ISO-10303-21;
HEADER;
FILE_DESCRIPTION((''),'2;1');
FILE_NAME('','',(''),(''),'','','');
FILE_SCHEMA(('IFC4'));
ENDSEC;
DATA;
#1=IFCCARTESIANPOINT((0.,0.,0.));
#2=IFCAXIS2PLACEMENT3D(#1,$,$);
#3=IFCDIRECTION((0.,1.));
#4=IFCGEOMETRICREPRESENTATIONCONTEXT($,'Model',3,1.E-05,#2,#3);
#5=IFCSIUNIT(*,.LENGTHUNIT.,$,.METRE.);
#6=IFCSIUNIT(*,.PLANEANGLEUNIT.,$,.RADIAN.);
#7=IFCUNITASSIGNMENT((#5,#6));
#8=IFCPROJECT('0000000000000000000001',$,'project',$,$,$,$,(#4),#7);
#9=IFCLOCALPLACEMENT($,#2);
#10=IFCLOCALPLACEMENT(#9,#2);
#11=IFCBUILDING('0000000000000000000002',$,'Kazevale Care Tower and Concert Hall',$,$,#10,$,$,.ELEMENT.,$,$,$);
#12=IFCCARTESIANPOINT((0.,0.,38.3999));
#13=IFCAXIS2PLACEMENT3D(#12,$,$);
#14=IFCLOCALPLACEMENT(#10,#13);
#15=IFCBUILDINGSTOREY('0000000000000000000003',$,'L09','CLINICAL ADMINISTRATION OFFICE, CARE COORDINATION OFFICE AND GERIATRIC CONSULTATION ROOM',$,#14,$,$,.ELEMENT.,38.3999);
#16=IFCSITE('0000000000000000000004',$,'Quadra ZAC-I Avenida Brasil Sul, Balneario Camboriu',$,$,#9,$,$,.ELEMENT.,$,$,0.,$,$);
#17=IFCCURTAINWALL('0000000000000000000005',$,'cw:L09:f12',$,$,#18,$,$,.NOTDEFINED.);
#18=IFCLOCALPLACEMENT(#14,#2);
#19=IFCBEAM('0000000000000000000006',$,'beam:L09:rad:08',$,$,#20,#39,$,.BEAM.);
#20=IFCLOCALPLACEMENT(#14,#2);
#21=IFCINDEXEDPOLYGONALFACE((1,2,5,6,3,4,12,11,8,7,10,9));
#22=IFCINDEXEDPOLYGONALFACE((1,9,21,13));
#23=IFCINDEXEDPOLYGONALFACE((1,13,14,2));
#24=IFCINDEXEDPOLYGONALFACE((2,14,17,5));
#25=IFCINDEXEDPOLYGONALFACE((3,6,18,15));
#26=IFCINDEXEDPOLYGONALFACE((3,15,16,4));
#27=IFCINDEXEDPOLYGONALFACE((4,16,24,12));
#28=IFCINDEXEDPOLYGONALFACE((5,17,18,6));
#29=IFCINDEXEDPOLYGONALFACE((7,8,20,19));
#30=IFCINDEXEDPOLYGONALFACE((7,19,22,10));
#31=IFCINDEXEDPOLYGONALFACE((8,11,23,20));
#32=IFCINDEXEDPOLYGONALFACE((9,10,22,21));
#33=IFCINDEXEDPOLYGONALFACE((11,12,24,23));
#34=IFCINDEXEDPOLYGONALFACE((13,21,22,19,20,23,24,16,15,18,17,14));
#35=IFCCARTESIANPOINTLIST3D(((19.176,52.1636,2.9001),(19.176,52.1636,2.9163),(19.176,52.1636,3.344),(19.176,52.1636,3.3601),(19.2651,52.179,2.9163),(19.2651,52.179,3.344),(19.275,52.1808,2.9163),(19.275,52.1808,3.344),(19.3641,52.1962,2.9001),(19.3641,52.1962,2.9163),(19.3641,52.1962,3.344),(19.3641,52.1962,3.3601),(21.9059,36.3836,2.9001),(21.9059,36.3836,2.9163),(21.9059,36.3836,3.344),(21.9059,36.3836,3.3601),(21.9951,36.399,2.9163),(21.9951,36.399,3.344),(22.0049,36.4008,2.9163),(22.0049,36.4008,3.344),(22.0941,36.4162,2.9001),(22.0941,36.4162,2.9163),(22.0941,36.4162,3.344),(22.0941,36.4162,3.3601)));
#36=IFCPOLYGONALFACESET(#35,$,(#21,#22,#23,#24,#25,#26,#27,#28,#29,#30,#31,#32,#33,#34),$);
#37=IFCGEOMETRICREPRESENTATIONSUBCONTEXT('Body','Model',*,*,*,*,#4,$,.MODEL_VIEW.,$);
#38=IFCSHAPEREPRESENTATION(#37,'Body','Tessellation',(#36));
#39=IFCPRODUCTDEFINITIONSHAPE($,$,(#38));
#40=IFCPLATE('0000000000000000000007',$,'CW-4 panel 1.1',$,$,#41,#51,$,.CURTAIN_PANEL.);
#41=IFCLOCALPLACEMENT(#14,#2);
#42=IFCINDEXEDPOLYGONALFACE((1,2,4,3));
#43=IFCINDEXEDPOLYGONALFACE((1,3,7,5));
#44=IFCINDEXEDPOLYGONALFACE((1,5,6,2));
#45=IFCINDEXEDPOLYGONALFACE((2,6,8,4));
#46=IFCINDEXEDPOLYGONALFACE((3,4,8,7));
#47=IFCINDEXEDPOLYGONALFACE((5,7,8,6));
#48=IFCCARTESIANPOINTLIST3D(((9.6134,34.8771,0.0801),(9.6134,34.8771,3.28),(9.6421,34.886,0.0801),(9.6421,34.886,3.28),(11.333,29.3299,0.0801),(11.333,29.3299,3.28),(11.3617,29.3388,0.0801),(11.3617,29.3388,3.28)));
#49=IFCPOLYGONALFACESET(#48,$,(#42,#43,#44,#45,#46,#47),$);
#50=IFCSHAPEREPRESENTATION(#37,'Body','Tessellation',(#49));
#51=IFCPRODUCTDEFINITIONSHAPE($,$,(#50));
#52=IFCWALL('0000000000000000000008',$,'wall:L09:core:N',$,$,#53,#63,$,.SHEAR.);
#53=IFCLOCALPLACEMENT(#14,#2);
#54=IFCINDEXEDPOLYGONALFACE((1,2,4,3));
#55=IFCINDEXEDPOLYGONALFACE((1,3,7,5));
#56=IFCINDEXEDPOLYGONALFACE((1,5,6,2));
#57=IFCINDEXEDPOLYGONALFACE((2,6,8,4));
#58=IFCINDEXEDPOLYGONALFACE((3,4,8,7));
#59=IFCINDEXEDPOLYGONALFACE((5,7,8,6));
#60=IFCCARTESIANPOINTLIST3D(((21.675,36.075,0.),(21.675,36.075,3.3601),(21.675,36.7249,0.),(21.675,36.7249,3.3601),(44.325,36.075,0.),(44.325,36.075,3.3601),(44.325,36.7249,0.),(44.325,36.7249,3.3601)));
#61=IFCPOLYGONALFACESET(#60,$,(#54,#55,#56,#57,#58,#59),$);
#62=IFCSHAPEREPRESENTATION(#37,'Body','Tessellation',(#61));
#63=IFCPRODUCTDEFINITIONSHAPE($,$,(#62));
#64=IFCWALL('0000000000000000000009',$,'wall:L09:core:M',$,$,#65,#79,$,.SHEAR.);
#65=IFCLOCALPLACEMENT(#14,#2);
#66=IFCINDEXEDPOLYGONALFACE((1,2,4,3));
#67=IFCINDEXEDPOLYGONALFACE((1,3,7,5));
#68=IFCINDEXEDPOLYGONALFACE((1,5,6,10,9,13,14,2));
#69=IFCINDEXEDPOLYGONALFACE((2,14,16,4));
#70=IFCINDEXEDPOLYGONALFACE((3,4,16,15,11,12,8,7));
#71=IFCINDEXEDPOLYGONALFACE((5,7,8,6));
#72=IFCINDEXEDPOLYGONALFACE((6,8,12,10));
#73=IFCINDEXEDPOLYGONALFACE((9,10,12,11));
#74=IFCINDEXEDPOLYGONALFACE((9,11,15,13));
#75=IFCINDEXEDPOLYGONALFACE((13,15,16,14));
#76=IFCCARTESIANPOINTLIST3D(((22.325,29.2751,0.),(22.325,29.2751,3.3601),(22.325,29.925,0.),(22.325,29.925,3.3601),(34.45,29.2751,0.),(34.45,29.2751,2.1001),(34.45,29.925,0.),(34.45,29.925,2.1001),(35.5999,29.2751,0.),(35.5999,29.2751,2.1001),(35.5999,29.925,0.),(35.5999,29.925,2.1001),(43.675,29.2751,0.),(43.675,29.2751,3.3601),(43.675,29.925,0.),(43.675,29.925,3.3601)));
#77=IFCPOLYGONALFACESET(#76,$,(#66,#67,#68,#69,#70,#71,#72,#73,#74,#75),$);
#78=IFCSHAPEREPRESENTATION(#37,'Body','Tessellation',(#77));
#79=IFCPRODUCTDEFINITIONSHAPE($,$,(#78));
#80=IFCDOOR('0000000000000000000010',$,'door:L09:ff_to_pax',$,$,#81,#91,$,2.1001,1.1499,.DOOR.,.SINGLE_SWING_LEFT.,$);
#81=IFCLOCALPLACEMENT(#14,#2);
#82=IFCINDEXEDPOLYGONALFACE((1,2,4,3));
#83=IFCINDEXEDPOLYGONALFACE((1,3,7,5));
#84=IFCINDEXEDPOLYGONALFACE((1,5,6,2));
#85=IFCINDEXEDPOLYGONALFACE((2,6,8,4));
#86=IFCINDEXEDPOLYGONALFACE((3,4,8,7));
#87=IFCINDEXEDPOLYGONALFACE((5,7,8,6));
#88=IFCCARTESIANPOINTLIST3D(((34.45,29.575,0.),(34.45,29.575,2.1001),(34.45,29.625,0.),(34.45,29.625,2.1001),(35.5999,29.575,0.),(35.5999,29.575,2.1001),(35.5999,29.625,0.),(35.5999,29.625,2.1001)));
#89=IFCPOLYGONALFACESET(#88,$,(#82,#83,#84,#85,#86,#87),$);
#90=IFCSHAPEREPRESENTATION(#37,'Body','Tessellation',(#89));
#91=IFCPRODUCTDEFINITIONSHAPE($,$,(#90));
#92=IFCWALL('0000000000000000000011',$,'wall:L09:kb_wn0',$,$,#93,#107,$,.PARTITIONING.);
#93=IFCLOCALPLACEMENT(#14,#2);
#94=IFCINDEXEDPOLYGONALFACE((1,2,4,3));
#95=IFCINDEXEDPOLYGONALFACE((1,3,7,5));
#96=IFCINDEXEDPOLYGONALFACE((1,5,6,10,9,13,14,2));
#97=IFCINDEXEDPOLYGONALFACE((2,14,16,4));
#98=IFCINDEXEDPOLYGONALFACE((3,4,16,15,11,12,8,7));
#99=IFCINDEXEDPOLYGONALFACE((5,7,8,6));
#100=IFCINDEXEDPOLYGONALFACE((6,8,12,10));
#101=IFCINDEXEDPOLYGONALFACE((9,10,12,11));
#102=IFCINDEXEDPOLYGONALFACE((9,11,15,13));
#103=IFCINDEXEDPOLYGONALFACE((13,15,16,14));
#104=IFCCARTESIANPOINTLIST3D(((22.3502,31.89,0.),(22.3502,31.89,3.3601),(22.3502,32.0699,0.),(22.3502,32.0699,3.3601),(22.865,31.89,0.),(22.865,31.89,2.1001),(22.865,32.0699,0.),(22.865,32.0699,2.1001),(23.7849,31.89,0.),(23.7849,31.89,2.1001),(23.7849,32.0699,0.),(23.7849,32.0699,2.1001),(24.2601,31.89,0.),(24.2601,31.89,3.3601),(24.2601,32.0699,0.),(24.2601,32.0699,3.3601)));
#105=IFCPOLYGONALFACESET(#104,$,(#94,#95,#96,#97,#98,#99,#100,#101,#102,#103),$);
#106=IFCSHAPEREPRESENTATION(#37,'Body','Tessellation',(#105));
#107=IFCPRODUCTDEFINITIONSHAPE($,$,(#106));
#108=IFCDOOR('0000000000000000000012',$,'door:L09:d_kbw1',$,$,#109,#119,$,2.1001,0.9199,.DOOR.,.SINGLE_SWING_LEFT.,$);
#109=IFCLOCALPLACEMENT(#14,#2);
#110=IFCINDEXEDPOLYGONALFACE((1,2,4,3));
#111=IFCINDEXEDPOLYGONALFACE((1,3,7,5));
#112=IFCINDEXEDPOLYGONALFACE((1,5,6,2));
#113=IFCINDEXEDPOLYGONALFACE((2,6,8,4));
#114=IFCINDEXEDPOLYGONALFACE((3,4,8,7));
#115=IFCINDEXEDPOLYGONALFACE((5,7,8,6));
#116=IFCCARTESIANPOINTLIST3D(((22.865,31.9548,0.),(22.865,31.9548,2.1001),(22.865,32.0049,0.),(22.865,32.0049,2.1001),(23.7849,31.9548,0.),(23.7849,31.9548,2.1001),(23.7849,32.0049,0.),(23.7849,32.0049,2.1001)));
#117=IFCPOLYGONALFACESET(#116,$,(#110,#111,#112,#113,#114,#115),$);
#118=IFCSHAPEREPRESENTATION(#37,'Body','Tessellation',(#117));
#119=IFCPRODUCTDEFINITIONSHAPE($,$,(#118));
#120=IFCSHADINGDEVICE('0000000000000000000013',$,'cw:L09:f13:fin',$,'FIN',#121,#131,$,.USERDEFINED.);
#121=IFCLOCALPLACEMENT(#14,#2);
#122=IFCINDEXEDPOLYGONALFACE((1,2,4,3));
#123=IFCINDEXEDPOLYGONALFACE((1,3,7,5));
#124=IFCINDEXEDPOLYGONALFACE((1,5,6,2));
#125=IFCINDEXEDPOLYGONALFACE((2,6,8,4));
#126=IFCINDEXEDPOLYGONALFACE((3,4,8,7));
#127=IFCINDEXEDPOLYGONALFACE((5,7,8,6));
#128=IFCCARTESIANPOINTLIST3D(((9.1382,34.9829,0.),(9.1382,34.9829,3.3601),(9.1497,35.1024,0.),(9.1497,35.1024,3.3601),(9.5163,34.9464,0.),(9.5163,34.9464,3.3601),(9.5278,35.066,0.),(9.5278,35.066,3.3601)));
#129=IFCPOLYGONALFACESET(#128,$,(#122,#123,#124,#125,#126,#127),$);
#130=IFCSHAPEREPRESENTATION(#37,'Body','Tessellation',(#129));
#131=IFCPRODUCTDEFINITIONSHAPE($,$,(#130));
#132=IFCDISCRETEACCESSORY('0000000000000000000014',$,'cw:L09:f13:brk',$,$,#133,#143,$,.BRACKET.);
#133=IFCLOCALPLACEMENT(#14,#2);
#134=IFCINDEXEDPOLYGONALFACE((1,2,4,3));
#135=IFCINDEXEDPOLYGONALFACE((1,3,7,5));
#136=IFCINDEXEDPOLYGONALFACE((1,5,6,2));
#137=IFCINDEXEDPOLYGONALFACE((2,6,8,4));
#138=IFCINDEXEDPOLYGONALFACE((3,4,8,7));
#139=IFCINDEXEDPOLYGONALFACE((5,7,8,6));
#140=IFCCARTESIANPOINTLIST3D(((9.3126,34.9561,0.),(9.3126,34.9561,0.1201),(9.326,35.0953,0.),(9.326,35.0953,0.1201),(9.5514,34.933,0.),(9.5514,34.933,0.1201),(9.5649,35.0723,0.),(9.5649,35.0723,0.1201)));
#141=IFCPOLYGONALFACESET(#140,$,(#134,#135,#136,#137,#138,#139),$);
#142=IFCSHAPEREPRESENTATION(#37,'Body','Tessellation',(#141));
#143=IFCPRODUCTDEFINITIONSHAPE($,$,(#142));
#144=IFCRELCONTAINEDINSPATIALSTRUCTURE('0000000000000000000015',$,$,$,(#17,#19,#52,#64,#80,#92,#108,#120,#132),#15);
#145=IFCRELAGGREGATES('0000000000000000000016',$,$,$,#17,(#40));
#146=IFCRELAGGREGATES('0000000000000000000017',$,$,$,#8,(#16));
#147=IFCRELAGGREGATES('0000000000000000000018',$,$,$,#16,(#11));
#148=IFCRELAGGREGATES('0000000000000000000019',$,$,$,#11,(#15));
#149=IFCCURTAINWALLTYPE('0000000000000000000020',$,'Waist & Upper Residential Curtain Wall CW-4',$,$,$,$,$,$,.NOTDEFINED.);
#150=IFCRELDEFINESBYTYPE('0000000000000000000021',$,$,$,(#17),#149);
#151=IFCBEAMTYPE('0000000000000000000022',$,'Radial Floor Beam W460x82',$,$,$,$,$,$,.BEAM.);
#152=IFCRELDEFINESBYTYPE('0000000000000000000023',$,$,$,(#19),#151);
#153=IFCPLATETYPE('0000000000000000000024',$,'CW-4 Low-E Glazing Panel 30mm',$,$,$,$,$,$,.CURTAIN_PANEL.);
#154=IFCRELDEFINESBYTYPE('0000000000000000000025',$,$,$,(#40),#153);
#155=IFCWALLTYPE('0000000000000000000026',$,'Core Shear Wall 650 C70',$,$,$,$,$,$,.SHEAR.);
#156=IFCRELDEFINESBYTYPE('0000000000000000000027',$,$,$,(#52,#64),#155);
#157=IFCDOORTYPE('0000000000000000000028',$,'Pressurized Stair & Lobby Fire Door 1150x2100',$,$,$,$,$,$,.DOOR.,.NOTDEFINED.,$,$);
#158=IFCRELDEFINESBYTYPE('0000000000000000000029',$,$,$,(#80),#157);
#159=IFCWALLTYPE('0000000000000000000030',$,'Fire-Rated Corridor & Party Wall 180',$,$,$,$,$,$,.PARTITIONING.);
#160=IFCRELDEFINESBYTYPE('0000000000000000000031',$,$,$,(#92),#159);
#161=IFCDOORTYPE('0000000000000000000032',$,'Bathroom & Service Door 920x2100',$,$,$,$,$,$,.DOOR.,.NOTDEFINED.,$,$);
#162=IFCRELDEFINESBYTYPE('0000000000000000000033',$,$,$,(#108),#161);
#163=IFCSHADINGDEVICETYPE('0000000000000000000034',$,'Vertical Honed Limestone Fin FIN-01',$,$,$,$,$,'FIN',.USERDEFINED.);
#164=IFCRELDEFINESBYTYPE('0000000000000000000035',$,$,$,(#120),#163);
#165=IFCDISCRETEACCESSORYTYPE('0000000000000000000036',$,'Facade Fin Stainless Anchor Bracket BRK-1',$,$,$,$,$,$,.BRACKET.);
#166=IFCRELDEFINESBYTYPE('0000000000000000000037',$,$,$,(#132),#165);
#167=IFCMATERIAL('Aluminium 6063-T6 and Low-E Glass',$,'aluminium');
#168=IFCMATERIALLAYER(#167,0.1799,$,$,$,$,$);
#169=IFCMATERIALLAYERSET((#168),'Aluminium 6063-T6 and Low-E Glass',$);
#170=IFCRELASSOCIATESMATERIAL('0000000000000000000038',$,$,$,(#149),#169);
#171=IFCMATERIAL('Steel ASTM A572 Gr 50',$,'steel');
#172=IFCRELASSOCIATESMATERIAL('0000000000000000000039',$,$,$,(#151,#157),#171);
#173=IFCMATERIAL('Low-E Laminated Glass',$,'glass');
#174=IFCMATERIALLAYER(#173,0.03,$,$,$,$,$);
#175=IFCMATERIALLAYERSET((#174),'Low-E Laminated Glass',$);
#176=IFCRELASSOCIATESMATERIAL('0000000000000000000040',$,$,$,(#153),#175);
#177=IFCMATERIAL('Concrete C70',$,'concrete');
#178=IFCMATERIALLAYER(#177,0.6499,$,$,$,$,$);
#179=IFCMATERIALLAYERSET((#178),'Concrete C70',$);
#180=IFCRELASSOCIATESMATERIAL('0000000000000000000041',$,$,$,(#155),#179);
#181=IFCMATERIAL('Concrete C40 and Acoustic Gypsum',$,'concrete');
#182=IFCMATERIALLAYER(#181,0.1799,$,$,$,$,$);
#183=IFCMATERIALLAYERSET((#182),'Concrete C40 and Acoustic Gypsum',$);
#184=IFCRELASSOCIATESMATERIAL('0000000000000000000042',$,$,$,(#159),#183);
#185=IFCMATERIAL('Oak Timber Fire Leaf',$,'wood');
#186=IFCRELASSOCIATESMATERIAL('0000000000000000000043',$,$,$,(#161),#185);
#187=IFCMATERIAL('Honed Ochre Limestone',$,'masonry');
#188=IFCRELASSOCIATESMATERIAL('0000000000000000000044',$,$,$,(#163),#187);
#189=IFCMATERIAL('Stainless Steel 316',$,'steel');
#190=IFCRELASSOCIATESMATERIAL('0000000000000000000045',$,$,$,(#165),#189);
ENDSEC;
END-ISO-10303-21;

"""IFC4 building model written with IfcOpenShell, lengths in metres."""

from ifc_helpers import new_model, si_unit, direction, frame, frame_2d, origin, origin_2d, place, context, subcontext, project, spatial, rectangle, i_section, extrude, material, layer, layer_set, material_profile, profile_set, type_object, element, fill, aggregate, save


model = new_model("IFC4")

# Units and contexts
model_context = context("Model", 3, precision=1e-05, world=origin(), true_north=direction((0.0, 1.0)))
body_context = subcontext(model_context, "Body", "Model", "MODEL_VIEW")
ifc_project = project(units=[si_unit("LENGTHUNIT", "METRE"), si_unit("PLANEANGLEUNIT", "RADIAN")], contexts=[model_context])

# Site, building, storey
site_placement = place(None, origin())
site = spatial("IfcSite", under=ifc_project, at=site_placement, Name="Quadra ZAC-I Avenida Brasil Sul, Balneario Camboriu", CompositionType="ELEMENT", RefElevation=0.0)
building_placement = place(site_placement, origin())
building = spatial("IfcBuilding", under=site, at=building_placement, Name="Kazevale Care Tower and Concert Hall", CompositionType="ELEMENT")
storey_placement = place(building_placement, frame((0.0, 0.0, 38.3999)))
storey = spatial("IfcBuildingStorey", under=building, at=storey_placement, Name="L09", Description="CLINICAL ADMINISTRATION OFFICE, CARE COORDINATION OFFICE AND GERIATRIC CONSULTATION ROOM", CompositionType="ELEMENT", Elevation=38.3999)

# Shared definitions
ifc_material_1 = material(Name="Concrete C70", Category="concrete")

# Shared definitions
ifc_material_2 = material(Name="Aluminium 6063-T6 and Low-E Glass", Category="aluminium")
ifc_layer_1 = layer(ifc_material_2, 0.1799)
ifc_layer_set_1 = layer_set([ifc_layer_1], Name="Aluminium 6063-T6 and Low-E Glass")
curtain_wall_type = type_object("IfcCurtainWallType", Name="Waist & Upper Residential Curtain Wall CW-4", PredefinedType="NOTDEFINED", material=ifc_layer_set_1)

# Curtain wall
curtain_wall_1_placement = place(storey_placement, origin())
curtain_wall_1 = element("IfcCurtainWall", 1, at=curtain_wall_1_placement, inside=storey, type_object=curtain_wall_type, Name="cw:L09:f12", PredefinedType="NOTDEFINED")

# Beam
ifc_material_3 = material(Name="Steel ASTM A572 Gr 50", Category="steel")
ifc_material_profile_1 = material_profile(ifc_material_3, i_section(OverallWidth=0.1909, OverallDepth=0.46, WebThickness=0.01, FlangeThickness=0.0161, at=origin_2d()), Name="W460x82")
ifc_profile_set_1 = profile_set([ifc_material_profile_1], Name="Steel ASTM A572 Gr 50")
beam_type = type_object("IfcBeamType", Name="Radial Floor Beam W460x82", PredefinedType="BEAM", material=ifc_profile_set_1)
beam_1_placement = place(storey_placement, frame((22.0, 36.3999, 3.1301), z_axis=(-0.17047, 0.985363, 0.0), x_axis=(-0.985363, -0.17047, 0.0)))
element("IfcBeam", 2, at=beam_1_placement, inside=storey, type_object=beam_type, Name="beam:L09:rad:08", PredefinedType="BEAM", context=body_context, shape_type="SweptSolid", body=[
    extrude(i_section(OverallWidth=0.1909, OverallDepth=0.46, WebThickness=0.01, FlangeThickness=0.0161, at=origin_2d()), origin(), (0.0, 0.0, 1.0), 16.0144),
])

# Plate
ifc_material_4 = material(Name="Low-E Laminated Glass", Category="glass")
ifc_layer_2 = layer(ifc_material_4, 0.03)
ifc_layer_set_2 = layer_set([ifc_layer_2], Name="Low-E Laminated Glass")
plate_type = type_object("IfcPlateType", Name="CW-4 Low-E Glazing Panel 30mm", PredefinedType="CURTAIN_PANEL", material=ifc_layer_set_2)
plate_placement = place(storey_placement, frame((10.4875, 32.1079, 0.0801), z_axis=(0.0, 0.0, 1.0), x_axis=(-0.296099, 0.955157, 0.0)))
plate = element("IfcPlate", 3, at=plate_placement, type_object=plate_type, Name="CW-4 panel 1.1", PredefinedType="CURTAIN_PANEL", context=body_context, shape_type="SweptSolid", body=[
    extrude(rectangle(XDim=5.8076, YDim=0.03, at=origin_2d()), origin(), (0.0, 0.0, 1.0), 3.2),
])
aggregate(curtain_wall_1, [plate])

# Wall
ifc_layer_3 = layer(ifc_material_1, 0.6499)
ifc_layer_set_3 = layer_set([ifc_layer_3], Name="Concrete C70")
wall_type_1 = type_object("IfcWallType", Name="Core Shear Wall 650 C70", PredefinedType="SHEAR", material=ifc_layer_set_3)
wall_1_placement = place(storey_placement, frame((21.675, 36.3999, 0.0), z_axis=(0.0, 0.0, 1.0), x_axis=(1.0, 0.0, 0.0)))
element("IfcWall", 4, at=wall_1_placement, inside=storey, type_object=wall_type_1, Name="wall:L09:core:N", PredefinedType="SHEAR", context=body_context, shape_type="SweptSolid", body=[
    extrude(rectangle(XDim=22.6499, YDim=0.6499, at=frame_2d((11.325, 0.0))), origin(), (0.0, 0.0, 1.0), 3.3601),
])

# Walls, openings, doors
wall_2_placement = place(storey_placement, frame((22.325, 29.6001, 0.0), z_axis=(0.0, 0.0, 1.0), x_axis=(1.0, 0.0, 0.0)))
wall_2 = element("IfcWall", 5, at=wall_2_placement, inside=storey, type_object=wall_type_1, Name="wall:L09:core:M", PredefinedType="SHEAR", context=body_context, shape_type="SweptSolid", body=[
    extrude(rectangle(XDim=21.3501, YDim=0.6499, at=frame_2d((10.675, 0.0))), origin(), (0.0, 0.0, 1.0), 3.3601),
])
opening_1_placement = place(wall_2_placement, frame((12.125, 0.0, 0.0)))
opening_1 = element("IfcOpeningElement", 6, at=opening_1_placement, cuts=wall_2, PredefinedType="OPENING", context=body_context, shape_type="SweptSolid", body=[
    extrude(rectangle(XDim=1.1499, YDim=2.1001, at=frame_2d((0.575, 1.05))), frame((0.0, 0.335, 0.0), z_axis=(0.0, -1.0, 0.0), x_axis=(1.0, 0.0, 0.0)), (0.0, 0.0, 1.0), 0.6699),
])
door_type_1 = type_object("IfcDoorType", Name="Pressurized Stair & Lobby Fire Door 1150x2100", OperationType="NOTDEFINED", PredefinedType="DOOR", material=ifc_material_3)
door_1_placement = place(opening_1_placement, origin())
door_1 = element("IfcDoor", 7, at=door_1_placement, inside=storey, type_object=door_type_1, Name="door:L09:ff_to_pax", OperationType="SINGLE_SWING_LEFT", OverallHeight=2.1001, OverallWidth=1.1499, PredefinedType="DOOR", context=body_context, shape_type="SweptSolid", body=[
    extrude(rectangle(XDim=1.1499, YDim=2.1001, at=frame_2d((0.575, 1.05))), frame((0.0, 0.0249, 0.0), z_axis=(0.0, -1.0, 0.0), x_axis=(1.0, 0.0, 0.0)), (0.0, 0.0, 1.0), 0.05),
])
fill(opening_1, door_1)
ifc_material_5 = material(Name="Concrete C40 and Acoustic Gypsum", Category="concrete")
ifc_layer_4 = layer(ifc_material_5, 0.1799)
ifc_layer_set_4 = layer_set([ifc_layer_4], Name="Concrete C40 and Acoustic Gypsum")
wall_type_2 = type_object("IfcWallType", Name="Fire-Rated Corridor & Party Wall 180", PredefinedType="PARTITIONING", material=ifc_layer_set_4)
wall_3_placement = place(storey_placement, frame((22.3501, 31.98, 0.0), z_axis=(0.0, 0.0, 1.0), x_axis=(1.0, 0.0, 0.0)))
wall_3 = element("IfcWall", 8, at=wall_3_placement, inside=storey, type_object=wall_type_2, Name="wall:L09:kb_wn0", PredefinedType="PARTITIONING", context=body_context, shape_type="SweptSolid", body=[
    extrude(rectangle(XDim=1.9099, YDim=0.1799, at=frame_2d((0.9551, 0.0))), origin(), (0.0, 0.0, 1.0), 3.3601),
])
opening_2_placement = place(wall_3_placement, frame((0.5149, 0.0, 0.0)))
opening_2 = element("IfcOpeningElement", 9, at=opening_2_placement, cuts=wall_3, PredefinedType="OPENING", context=body_context, shape_type="SweptSolid", body=[
    extrude(rectangle(XDim=0.9199, YDim=2.1001, at=frame_2d((0.46, 1.05))), frame((0.0, 0.0999, 0.0), z_axis=(0.0, -1.0, 0.0), x_axis=(1.0, 0.0, 0.0)), (0.0, 0.0, 1.0), 0.2),
])
ifc_material_6 = material(Name="Oak Timber Fire Leaf", Category="wood")
door_type_2 = type_object("IfcDoorType", Name="Bathroom & Service Door 920x2100", OperationType="NOTDEFINED", PredefinedType="DOOR", material=ifc_material_6)
door_2_placement = place(opening_2_placement, origin())
door_2 = element("IfcDoor", 10, at=door_2_placement, inside=storey, type_object=door_type_2, Name="door:L09:d_kbw1", OperationType="SINGLE_SWING_LEFT", OverallHeight=2.1001, OverallWidth=0.9199, PredefinedType="DOOR", context=body_context, shape_type="SweptSolid", body=[
    extrude(rectangle(XDim=0.9199, YDim=2.1001, at=frame_2d((0.46, 1.05))), frame((0.0, 0.0249, 0.0), z_axis=(0.0, -1.0, 0.0), x_axis=(1.0, 0.0, 0.0)), (0.0, 0.0, 1.0), 0.05),
])
fill(opening_2, door_2)

# Shading device
ifc_material_7 = material(Name="Honed Ochre Limestone", Category="masonry")
shading_device_type = type_object("IfcShadingDeviceType", Name="Vertical Honed Limestone Fin FIN-01", ElementType="FIN", PredefinedType="USERDEFINED", material=ifc_material_7)
shading_device_placement = place(storey_placement, frame((9.333, 35.0244, 0.0), z_axis=(0.0, 0.0, 1.0), x_axis=(-0.995379, 0.096019, 0.0)))
element("IfcShadingDevice", 11, at=shading_device_placement, inside=storey, type_object=shading_device_type, Name="cw:L09:f13:fin", ObjectType="FIN", PredefinedType="USERDEFINED", context=body_context, shape_type="SweptSolid", body=[
    extrude(rectangle(XDim=0.3799, YDim=0.1201, at=origin_2d()), origin(), (0.0, 0.0, 1.0), 3.3601),
])

# Discrete accessory
ifc_material_8 = material(Name="Stainless Steel 316", Category="steel")
discrete_accessory_type = type_object("IfcDiscreteAccessoryType", Name="Facade Fin Stainless Anchor Bracket BRK-1", PredefinedType="BRACKET", material=ifc_material_8)
discrete_accessory_placement = place(storey_placement, frame((9.4387, 35.0142, 0.0), z_axis=(0.0, 0.0, 1.0), x_axis=(-0.995379, 0.096019, 0.0)))
element("IfcDiscreteAccessory", 12, at=discrete_accessory_placement, inside=storey, type_object=discrete_accessory_type, Name="cw:L09:f13:brk", PredefinedType="BRACKET", context=body_context, shape_type="SweptSolid", body=[
    extrude(rectangle(XDim=0.24, YDim=0.1399, at=origin_2d()), origin(), (0.0, 0.0, 1.0), 0.1201),
])

save(model, "model.ifc")
